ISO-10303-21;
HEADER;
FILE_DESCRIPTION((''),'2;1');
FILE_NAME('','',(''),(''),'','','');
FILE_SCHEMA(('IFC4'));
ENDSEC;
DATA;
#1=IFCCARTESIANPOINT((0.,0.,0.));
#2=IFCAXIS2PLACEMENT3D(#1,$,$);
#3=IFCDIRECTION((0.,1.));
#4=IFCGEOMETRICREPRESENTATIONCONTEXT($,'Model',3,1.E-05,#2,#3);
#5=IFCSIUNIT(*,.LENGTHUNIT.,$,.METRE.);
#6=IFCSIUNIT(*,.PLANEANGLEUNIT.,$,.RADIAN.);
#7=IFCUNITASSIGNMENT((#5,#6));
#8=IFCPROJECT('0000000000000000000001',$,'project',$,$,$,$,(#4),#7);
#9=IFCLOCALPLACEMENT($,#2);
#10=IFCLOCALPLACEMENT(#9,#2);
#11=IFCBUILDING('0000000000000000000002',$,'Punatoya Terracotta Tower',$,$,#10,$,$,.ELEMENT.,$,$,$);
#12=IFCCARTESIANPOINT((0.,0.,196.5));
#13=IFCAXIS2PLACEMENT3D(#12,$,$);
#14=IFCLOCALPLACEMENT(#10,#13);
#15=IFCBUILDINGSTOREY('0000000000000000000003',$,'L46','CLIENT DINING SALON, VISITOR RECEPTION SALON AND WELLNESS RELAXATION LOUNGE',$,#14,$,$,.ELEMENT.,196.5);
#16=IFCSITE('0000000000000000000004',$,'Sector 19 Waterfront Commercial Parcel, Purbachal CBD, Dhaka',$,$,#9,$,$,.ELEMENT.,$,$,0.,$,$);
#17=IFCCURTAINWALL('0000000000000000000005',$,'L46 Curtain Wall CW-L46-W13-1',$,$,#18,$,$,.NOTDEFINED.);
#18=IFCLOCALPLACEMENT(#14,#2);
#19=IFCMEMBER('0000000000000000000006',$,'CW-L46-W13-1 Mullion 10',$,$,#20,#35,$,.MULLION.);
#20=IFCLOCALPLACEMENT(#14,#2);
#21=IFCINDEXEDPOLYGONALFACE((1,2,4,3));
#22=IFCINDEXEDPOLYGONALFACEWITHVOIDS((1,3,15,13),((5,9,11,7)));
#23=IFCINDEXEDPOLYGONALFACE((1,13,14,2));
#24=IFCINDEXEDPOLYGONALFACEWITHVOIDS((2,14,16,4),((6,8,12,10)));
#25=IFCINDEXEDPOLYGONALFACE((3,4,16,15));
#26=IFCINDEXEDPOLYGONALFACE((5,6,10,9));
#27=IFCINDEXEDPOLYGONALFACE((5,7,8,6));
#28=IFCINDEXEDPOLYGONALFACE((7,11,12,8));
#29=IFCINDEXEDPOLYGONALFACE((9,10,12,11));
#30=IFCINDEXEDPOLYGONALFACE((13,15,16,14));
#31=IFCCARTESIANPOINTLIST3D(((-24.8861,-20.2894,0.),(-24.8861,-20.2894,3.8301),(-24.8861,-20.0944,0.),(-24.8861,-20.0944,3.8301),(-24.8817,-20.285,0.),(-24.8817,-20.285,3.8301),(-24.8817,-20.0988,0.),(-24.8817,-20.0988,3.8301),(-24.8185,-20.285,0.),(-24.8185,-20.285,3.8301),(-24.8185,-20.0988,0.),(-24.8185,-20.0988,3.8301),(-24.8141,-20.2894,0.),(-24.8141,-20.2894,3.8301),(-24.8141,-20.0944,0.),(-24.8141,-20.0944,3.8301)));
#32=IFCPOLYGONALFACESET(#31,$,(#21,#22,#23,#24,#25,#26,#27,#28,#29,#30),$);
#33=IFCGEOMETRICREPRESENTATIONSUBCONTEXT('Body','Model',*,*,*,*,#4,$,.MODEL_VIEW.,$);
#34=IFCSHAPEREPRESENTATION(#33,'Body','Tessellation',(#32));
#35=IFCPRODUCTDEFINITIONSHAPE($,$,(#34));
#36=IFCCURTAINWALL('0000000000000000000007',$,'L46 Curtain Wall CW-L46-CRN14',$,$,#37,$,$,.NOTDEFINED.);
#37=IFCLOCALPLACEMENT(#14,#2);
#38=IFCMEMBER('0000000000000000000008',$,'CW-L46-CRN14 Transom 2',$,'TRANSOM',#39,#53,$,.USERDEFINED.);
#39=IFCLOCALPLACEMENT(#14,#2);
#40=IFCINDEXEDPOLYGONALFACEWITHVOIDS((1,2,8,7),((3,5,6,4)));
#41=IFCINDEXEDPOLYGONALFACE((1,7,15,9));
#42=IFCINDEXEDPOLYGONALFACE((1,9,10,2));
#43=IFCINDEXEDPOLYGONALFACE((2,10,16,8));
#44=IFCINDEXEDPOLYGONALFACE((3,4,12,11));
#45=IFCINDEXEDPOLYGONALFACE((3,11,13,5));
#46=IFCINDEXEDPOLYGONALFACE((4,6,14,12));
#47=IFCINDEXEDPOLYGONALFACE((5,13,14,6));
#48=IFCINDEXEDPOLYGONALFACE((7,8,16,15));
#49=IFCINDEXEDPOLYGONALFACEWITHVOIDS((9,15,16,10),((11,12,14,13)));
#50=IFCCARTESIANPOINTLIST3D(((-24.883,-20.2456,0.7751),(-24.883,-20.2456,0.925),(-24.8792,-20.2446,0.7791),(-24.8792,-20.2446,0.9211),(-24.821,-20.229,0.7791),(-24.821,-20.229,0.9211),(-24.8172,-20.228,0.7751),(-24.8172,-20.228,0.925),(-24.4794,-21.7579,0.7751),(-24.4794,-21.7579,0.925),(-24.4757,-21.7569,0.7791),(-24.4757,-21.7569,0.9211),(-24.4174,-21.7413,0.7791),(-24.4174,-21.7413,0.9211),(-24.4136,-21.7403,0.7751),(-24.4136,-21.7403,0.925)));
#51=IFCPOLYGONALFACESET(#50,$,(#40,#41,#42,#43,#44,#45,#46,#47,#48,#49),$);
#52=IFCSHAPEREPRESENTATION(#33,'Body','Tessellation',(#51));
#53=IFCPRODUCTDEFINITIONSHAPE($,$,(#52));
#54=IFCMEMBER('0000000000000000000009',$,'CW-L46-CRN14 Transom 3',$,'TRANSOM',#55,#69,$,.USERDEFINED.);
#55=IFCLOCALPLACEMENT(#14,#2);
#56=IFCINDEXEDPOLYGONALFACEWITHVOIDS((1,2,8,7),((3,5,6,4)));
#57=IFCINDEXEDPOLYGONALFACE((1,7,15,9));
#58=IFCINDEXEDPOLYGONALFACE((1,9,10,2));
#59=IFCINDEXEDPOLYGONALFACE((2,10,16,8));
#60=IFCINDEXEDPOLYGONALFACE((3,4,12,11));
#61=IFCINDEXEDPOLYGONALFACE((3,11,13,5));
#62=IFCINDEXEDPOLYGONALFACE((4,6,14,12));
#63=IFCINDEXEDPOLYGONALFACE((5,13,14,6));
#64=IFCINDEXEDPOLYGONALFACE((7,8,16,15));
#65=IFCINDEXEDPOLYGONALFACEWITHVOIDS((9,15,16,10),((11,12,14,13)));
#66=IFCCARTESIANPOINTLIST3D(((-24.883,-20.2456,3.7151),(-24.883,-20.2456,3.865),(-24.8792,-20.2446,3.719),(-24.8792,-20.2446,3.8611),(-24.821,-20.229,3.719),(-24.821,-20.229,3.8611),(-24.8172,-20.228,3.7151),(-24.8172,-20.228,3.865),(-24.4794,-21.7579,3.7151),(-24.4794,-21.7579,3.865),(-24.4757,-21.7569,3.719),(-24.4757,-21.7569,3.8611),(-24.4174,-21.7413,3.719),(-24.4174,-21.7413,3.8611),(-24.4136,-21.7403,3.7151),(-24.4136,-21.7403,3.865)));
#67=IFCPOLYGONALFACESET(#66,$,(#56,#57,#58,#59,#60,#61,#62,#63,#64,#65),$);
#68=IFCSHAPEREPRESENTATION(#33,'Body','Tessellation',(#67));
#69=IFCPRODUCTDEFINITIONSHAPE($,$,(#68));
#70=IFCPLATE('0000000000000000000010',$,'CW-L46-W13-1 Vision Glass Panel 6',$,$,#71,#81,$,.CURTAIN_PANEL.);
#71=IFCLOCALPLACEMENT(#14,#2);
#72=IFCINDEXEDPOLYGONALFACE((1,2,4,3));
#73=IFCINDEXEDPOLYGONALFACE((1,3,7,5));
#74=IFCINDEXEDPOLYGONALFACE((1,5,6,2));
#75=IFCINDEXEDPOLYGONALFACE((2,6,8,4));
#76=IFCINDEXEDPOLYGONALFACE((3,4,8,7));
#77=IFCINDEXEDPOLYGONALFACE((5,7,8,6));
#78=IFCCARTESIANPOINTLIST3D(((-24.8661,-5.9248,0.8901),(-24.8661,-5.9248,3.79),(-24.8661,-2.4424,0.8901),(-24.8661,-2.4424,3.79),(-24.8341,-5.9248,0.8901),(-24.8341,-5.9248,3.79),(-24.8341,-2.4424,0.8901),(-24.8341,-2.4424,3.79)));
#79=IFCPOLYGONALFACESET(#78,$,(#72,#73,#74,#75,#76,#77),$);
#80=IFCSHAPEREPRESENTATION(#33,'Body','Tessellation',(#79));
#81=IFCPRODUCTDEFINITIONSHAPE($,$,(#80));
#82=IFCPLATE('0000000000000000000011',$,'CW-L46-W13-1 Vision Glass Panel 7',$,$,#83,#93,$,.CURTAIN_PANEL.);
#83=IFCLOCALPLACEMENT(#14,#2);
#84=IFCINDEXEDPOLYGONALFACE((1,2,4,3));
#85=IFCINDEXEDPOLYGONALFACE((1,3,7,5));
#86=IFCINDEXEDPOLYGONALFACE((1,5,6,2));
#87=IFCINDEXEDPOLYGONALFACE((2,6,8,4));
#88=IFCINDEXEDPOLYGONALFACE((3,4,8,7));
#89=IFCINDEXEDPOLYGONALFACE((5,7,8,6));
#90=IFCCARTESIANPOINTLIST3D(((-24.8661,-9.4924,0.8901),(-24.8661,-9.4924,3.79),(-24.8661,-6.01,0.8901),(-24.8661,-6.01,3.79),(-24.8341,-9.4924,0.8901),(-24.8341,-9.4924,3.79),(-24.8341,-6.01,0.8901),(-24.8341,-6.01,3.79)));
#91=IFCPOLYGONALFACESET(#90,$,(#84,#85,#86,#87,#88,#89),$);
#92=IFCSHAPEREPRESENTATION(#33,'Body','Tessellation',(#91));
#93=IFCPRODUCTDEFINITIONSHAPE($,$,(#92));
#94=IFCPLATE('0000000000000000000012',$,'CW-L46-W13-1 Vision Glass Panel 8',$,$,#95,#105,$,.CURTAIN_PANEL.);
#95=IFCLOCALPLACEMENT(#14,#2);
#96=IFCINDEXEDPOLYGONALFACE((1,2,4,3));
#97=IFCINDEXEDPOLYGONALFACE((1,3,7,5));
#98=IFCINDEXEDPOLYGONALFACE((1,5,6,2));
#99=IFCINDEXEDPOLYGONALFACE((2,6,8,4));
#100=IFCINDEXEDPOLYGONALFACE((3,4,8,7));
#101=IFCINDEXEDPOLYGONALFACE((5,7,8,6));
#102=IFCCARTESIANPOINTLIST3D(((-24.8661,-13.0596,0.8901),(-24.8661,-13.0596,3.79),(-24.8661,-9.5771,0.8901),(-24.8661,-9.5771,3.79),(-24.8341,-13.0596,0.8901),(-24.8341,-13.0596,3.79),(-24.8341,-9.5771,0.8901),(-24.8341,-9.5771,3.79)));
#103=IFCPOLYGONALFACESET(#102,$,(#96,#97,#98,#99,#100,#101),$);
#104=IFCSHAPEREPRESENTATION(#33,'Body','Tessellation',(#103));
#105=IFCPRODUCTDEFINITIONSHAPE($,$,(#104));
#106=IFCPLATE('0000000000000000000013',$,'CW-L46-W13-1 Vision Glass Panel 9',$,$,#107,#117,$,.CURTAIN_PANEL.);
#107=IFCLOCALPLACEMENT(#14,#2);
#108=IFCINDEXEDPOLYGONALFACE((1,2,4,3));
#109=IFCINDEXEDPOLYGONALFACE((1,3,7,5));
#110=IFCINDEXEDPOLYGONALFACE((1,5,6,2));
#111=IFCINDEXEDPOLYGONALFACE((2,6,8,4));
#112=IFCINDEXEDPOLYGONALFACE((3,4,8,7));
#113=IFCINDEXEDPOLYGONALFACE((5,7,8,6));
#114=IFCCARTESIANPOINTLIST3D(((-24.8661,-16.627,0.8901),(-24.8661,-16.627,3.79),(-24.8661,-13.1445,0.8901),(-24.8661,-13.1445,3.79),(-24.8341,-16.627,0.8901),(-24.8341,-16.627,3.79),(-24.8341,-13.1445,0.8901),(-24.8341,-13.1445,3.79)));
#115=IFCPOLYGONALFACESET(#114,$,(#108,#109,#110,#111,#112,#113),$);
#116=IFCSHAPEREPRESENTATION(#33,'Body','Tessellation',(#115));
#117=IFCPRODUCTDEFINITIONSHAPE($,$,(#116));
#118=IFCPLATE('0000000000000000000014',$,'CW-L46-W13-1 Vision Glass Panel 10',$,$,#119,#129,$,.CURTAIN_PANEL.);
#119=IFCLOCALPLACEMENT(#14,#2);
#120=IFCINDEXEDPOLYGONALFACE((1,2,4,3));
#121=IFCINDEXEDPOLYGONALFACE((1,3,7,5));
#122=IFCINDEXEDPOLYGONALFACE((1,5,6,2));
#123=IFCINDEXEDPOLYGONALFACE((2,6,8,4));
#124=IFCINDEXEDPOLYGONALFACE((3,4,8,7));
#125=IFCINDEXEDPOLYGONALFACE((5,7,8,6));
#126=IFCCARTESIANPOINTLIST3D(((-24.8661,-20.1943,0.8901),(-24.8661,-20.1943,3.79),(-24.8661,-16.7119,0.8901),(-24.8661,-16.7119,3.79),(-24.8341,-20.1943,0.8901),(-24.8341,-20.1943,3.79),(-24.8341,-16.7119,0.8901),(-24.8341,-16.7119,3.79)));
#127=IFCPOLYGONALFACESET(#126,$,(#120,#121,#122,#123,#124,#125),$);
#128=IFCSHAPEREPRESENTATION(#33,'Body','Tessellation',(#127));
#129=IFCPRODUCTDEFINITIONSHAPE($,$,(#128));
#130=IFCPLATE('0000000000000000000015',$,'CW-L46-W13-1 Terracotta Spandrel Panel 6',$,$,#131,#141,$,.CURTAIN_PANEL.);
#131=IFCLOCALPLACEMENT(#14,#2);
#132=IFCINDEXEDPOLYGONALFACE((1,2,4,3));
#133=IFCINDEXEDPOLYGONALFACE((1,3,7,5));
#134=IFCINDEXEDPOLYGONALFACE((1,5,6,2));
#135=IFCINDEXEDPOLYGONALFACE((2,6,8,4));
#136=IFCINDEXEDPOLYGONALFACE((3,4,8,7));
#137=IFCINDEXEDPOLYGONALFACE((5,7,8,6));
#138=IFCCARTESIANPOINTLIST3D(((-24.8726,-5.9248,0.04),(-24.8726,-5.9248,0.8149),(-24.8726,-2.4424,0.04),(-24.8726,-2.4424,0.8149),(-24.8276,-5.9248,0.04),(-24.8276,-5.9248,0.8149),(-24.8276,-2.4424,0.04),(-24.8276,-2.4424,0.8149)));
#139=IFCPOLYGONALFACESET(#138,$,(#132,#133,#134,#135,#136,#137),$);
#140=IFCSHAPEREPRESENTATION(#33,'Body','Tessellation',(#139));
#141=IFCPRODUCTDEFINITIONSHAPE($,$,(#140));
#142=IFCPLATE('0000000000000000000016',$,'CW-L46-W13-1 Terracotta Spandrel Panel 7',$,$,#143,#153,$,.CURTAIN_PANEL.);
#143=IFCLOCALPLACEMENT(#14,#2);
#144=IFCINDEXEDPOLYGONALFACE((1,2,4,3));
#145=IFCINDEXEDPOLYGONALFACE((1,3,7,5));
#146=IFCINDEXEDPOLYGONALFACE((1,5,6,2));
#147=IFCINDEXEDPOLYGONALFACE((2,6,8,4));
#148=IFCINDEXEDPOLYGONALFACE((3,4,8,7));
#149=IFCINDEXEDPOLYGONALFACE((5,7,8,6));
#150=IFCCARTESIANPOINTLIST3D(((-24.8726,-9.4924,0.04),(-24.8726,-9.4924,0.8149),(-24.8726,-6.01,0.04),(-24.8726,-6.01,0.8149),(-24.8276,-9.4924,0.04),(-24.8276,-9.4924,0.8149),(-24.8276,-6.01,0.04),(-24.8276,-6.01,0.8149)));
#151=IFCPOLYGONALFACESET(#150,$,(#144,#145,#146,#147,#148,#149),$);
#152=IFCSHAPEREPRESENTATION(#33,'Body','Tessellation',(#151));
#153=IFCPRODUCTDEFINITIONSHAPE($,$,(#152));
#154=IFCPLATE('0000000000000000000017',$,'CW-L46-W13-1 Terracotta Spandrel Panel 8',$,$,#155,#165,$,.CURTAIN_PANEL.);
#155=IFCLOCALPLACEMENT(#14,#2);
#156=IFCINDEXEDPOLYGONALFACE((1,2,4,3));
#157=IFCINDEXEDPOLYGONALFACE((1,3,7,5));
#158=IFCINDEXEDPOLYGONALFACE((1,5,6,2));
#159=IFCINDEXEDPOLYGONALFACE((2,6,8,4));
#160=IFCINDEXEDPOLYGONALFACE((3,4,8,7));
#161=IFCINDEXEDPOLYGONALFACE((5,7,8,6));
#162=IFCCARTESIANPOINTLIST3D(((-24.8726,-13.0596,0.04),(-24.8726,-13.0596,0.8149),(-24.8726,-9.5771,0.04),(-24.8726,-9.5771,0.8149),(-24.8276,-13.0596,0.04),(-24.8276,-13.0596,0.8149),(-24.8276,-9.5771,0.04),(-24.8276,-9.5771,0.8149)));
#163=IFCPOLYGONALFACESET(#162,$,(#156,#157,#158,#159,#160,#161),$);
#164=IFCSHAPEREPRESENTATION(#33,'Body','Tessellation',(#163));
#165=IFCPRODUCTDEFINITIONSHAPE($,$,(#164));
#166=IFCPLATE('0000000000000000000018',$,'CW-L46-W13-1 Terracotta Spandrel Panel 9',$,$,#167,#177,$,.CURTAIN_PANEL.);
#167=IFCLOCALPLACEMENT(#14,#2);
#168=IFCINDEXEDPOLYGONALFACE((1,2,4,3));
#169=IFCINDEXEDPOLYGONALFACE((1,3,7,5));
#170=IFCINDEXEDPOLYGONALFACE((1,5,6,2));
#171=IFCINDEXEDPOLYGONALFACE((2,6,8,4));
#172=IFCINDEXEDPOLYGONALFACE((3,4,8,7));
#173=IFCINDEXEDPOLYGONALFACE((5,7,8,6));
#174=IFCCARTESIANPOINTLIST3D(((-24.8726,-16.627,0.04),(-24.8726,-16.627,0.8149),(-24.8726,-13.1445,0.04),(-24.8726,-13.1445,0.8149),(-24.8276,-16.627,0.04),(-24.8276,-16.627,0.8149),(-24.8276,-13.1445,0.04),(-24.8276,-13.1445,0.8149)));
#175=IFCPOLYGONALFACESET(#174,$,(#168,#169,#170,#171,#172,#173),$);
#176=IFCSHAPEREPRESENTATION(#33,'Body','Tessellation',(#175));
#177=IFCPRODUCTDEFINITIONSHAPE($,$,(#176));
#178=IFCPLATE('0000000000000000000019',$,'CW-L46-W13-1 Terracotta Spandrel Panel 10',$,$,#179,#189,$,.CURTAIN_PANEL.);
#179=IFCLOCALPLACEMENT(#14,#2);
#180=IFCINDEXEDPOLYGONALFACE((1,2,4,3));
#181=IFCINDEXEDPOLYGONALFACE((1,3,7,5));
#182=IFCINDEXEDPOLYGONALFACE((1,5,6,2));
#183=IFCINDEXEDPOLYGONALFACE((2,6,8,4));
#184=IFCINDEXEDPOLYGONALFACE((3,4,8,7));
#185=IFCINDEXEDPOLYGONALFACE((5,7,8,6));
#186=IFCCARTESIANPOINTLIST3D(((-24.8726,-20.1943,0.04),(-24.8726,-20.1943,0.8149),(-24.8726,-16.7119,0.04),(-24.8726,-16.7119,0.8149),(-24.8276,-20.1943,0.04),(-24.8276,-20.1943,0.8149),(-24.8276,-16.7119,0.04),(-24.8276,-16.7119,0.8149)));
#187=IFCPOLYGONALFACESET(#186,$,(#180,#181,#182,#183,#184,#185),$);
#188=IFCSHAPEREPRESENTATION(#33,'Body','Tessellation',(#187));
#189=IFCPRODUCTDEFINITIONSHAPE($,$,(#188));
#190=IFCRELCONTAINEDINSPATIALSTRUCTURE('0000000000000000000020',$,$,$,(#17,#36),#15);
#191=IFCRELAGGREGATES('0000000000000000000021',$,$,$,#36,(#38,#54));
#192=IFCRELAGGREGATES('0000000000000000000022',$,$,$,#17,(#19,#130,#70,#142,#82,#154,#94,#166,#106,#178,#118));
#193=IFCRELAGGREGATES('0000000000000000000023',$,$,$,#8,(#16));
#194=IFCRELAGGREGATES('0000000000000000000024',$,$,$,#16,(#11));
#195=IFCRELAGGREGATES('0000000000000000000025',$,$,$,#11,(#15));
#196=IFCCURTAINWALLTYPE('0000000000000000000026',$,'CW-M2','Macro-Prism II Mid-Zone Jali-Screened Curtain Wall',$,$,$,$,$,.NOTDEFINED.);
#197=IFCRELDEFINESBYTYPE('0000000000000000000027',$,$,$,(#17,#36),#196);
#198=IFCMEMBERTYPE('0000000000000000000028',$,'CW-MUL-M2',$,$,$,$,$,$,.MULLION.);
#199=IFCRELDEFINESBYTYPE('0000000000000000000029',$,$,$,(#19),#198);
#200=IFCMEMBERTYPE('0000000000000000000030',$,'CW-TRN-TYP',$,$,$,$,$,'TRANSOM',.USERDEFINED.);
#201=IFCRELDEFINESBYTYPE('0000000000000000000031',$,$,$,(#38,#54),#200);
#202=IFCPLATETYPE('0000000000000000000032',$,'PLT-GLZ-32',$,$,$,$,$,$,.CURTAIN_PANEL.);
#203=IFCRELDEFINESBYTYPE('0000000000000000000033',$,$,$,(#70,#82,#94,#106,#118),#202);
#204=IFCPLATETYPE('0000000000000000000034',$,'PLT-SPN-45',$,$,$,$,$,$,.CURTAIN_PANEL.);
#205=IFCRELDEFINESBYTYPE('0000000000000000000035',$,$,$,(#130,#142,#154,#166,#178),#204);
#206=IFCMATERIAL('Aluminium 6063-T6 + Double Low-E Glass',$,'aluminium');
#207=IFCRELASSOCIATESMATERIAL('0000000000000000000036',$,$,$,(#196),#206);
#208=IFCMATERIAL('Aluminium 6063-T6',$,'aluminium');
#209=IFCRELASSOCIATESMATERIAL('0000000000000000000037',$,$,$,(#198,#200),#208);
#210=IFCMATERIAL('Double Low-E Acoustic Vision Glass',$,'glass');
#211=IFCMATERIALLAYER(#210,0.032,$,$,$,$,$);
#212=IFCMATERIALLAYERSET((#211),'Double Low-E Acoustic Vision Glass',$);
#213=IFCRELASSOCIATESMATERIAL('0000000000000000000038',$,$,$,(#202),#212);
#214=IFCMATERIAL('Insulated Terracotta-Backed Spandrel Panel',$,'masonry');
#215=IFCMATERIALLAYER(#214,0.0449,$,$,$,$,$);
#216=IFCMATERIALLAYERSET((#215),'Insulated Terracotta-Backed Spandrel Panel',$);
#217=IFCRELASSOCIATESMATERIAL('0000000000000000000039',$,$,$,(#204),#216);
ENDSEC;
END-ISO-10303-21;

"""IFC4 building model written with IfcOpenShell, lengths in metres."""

from ifc_helpers import new_model, si_unit, direction, frame, origin, origin_2d, place, context, subcontext, project, spatial, rectangle, hollow_rectangle, extrude, material, layer, layer_set, material_profile, profile_set, type_object, element, aggregate, save


model = new_model("IFC4")

# Units and contexts
model_context = context("Model", 3, precision=1e-05, world=origin(), true_north=direction((0.0, 1.0)))
body_context = subcontext(model_context, "Body", "Model", "MODEL_VIEW")
ifc_project = project(units=[si_unit("LENGTHUNIT", "METRE"), si_unit("PLANEANGLEUNIT", "RADIAN")], contexts=[model_context])

# Site, building, storey
site_placement = place(None, origin())
site = spatial("IfcSite", under=ifc_project, at=site_placement, Name="Sector 19 Waterfront Commercial Parcel, Purbachal CBD, Dhaka", CompositionType="ELEMENT", RefElevation=0.0)
building_placement = place(site_placement, origin())
building = spatial("IfcBuilding", under=site, at=building_placement, Name="Punatoya Terracotta Tower", CompositionType="ELEMENT")
storey_placement = place(building_placement, frame((0.0, 0.0, 196.5)))
storey = spatial("IfcBuildingStorey", under=building, at=storey_placement, Name="L46", Description="CLIENT DINING SALON, VISITOR RECEPTION SALON AND WELLNESS RELAXATION LOUNGE", CompositionType="ELEMENT", Elevation=196.5)

# Curtain walls, members
ifc_material_1 = material(Name="Aluminium 6063-T6 + Double Low-E Glass", Category="aluminium")
curtain_wall_type = type_object("IfcCurtainWallType", Name="CW-M2", Description="Macro-Prism II Mid-Zone Jali-Screened Curtain Wall", PredefinedType="NOTDEFINED", material=ifc_material_1)
curtain_wall_1_placement = place(storey_placement, origin())
curtain_wall_1 = element("IfcCurtainWall", 1, at=curtain_wall_1_placement, inside=storey, type_object=curtain_wall_type, Name="L46 Curtain Wall CW-L46-W13-1", PredefinedType="NOTDEFINED")
ifc_material_2 = material(Name="Aluminium 6063-T6", Category="aluminium")
ifc_material_profile_1 = material_profile(ifc_material_2, hollow_rectangle(XDim=0.072, YDim=0.1951, WallThickness=0.0044, at=origin_2d()))
ifc_profile_set_1 = profile_set([ifc_material_profile_1], Name="Aluminium 6063-T6")
member_type_1 = type_object("IfcMemberType", Name="CW-MUL-M2", PredefinedType="MULLION", material=ifc_profile_set_1)
member_1_placement = place(storey_placement, frame((-24.8501, -20.1919, 0.0), z_axis=(0.0, 0.0, 1.0), x_axis=(1.0, 0.0, 0.0)))
member_1 = element("IfcMember", 2, at=member_1_placement, type_object=member_type_1, Name="CW-L46-W13-1 Mullion 10", PredefinedType="MULLION", context=body_context, shape_type="SweptSolid", body=[
    extrude(hollow_rectangle(XDim=0.072, YDim=0.1951, WallThickness=0.0044, at=origin_2d()), origin(), (0.0, 0.0, 1.0), 3.8301),
])
curtain_wall_2_placement = place(storey_placement, origin())
curtain_wall_2 = element("IfcCurtainWall", 3, at=curtain_wall_2_placement, inside=storey, type_object=curtain_wall_type, Name="L46 Curtain Wall CW-L46-CRN14", PredefinedType="NOTDEFINED")
ifc_material_profile_2 = material_profile(ifc_material_2, hollow_rectangle(XDim=0.0681, YDim=0.1499, WallThickness=0.0039, at=origin_2d()))
ifc_profile_set_2 = profile_set([ifc_material_profile_2], Name="Aluminium 6063-T6")
member_type_2 = type_object("IfcMemberType", Name="CW-TRN-TYP", ElementType="TRANSOM", PredefinedType="USERDEFINED", material=ifc_profile_set_2)
member_2_placement = place(storey_placement, frame((-24.8501, -20.2368, 0.8501), z_axis=(0.257847, -0.966186, 0.0), x_axis=(0.966186, 0.257847, 0.0)))
member_2 = element("IfcMember", 4, at=member_2_placement, type_object=member_type_2, Name="CW-L46-CRN14 Transom 2", ObjectType="TRANSOM", PredefinedType="USERDEFINED", context=body_context, shape_type="SweptSolid", body=[
    extrude(hollow_rectangle(XDim=0.0681, YDim=0.1499, WallThickness=0.0039, at=origin_2d()), origin(), (0.0, 0.0, 1.0), 1.5652),
])
member_3_placement = place(storey_placement, frame((-24.8501, -20.2368, 3.79), z_axis=(0.257847, -0.966186, 0.0), x_axis=(0.966186, 0.257847, 0.0)))
member_3 = element("IfcMember", 5, at=member_3_placement, type_object=member_type_2, Name="CW-L46-CRN14 Transom 3", ObjectType="TRANSOM", PredefinedType="USERDEFINED", context=body_context, shape_type="SweptSolid", body=[
    extrude(hollow_rectangle(XDim=0.0681, YDim=0.1499, WallThickness=0.0039, at=origin_2d()), origin(), (0.0, 0.0, 1.0), 1.5652),
])
aggregate(curtain_wall_2, [member_2, member_3])

# Plates
ifc_material_3 = material(Name="Double Low-E Acoustic Vision Glass", Category="glass")
ifc_layer_1 = layer(ifc_material_3, 0.032)
ifc_layer_set_1 = layer_set([ifc_layer_1], Name="Double Low-E Acoustic Vision Glass")
plate_type_1 = type_object("IfcPlateType", Name="PLT-GLZ-32", PredefinedType="CURTAIN_PANEL", material=ifc_layer_set_1)
plate_1_placement = place(storey_placement, frame((-24.8501, -4.1836, 0.8901), z_axis=(0.0, 0.0, 1.0), x_axis=(0.0, -1.0, 0.0)))
plate_1 = element("IfcPlate", 6, at=plate_1_placement, type_object=plate_type_1, Name="CW-L46-W13-1 Vision Glass Panel 6", PredefinedType="CURTAIN_PANEL", context=body_context, shape_type="SweptSolid", body=[
    extrude(rectangle(XDim=3.4824, YDim=0.032, at=origin_2d()), origin(), (0.0, 0.0, 1.0), 2.8999),
])
plate_2_placement = place(storey_placement, frame((-24.8501, -7.7512, 0.8901), z_axis=(0.0, 0.0, 1.0), x_axis=(0.0, -1.0, 0.0)))
plate_2 = element("IfcPlate", 7, at=plate_2_placement, type_object=plate_type_1, Name="CW-L46-W13-1 Vision Glass Panel 7", PredefinedType="CURTAIN_PANEL", context=body_context, shape_type="SweptSolid", body=[
    extrude(rectangle(XDim=3.4824, YDim=0.032, at=origin_2d()), origin(), (0.0, 0.0, 1.0), 2.8999),
])
plate_3_placement = place(storey_placement, frame((-24.8501, -11.3184, 0.8901), z_axis=(0.0, 0.0, 1.0), x_axis=(0.0, -1.0, 0.0)))
plate_3 = element("IfcPlate", 8, at=plate_3_placement, type_object=plate_type_1, Name="CW-L46-W13-1 Vision Glass Panel 8", PredefinedType="CURTAIN_PANEL", context=body_context, shape_type="SweptSolid", body=[
    extrude(rectangle(XDim=3.4824, YDim=0.032, at=origin_2d()), origin(), (0.0, 0.0, 1.0), 2.8999),
])
plate_4_placement = place(storey_placement, frame((-24.8501, -14.8857, 0.8901), z_axis=(0.0, 0.0, 1.0), x_axis=(0.0, -1.0, 0.0)))
plate_4 = element("IfcPlate", 9, at=plate_4_placement, type_object=plate_type_1, Name="CW-L46-W13-1 Vision Glass Panel 9", PredefinedType="CURTAIN_PANEL", context=body_context, shape_type="SweptSolid", body=[
    extrude(rectangle(XDim=3.4824, YDim=0.032, at=origin_2d()), origin(), (0.0, 0.0, 1.0), 2.8999),
])
plate_5_placement = place(storey_placement, frame((-24.8501, -18.4531, 0.8901), z_axis=(0.0, 0.0, 1.0), x_axis=(0.0, -1.0, 0.0)))
plate_5 = element("IfcPlate", 10, at=plate_5_placement, type_object=plate_type_1, Name="CW-L46-W13-1 Vision Glass Panel 10", PredefinedType="CURTAIN_PANEL", context=body_context, shape_type="SweptSolid", body=[
    extrude(rectangle(XDim=3.4824, YDim=0.032, at=origin_2d()), origin(), (0.0, 0.0, 1.0), 2.8999),
])
ifc_material_4 = material(Name="Insulated Terracotta-Backed Spandrel Panel", Category="masonry")
ifc_layer_2 = layer(ifc_material_4, 0.0449)
ifc_layer_set_2 = layer_set([ifc_layer_2], Name="Insulated Terracotta-Backed Spandrel Panel")
plate_type_2 = type_object("IfcPlateType", Name="PLT-SPN-45", PredefinedType="CURTAIN_PANEL", material=ifc_layer_set_2)
plate_6_placement = place(storey_placement, frame((-24.8501, -4.1836, 0.04), z_axis=(0.0, 0.0, 1.0), x_axis=(0.0, -1.0, 0.0)))
plate_6 = element("IfcPlate", 11, at=plate_6_placement, type_object=plate_type_2, Name="CW-L46-W13-1 Terracotta Spandrel Panel 6", PredefinedType="CURTAIN_PANEL", context=body_context, shape_type="SweptSolid", body=[
    extrude(rectangle(XDim=3.4824, YDim=0.0449, at=origin_2d()), origin(), (0.0, 0.0, 1.0), 0.7749),
])
plate_7_placement = place(storey_placement, frame((-24.8501, -7.7512, 0.04), z_axis=(0.0, 0.0, 1.0), x_axis=(0.0, -1.0, 0.0)))
plate_7 = element("IfcPlate", 12, at=plate_7_placement, type_object=plate_type_2, Name="CW-L46-W13-1 Terracotta Spandrel Panel 7", PredefinedType="CURTAIN_PANEL", context=body_context, shape_type="SweptSolid", body=[
    extrude(rectangle(XDim=3.4824, YDim=0.0449, at=origin_2d()), origin(), (0.0, 0.0, 1.0), 0.7749),
])
plate_8_placement = place(storey_placement, frame((-24.8501, -11.3184, 0.04), z_axis=(0.0, 0.0, 1.0), x_axis=(0.0, -1.0, 0.0)))
plate_8 = element("IfcPlate", 13, at=plate_8_placement, type_object=plate_type_2, Name="CW-L46-W13-1 Terracotta Spandrel Panel 8", PredefinedType="CURTAIN_PANEL", context=body_context, shape_type="SweptSolid", body=[
    extrude(rectangle(XDim=3.4824, YDim=0.0449, at=origin_2d()), origin(), (0.0, 0.0, 1.0), 0.7749),
])
plate_9_placement = place(storey_placement, frame((-24.8501, -14.8857, 0.04), z_axis=(0.0, 0.0, 1.0), x_axis=(0.0, -1.0, 0.0)))
plate_9 = element("IfcPlate", 14, at=plate_9_placement, type_object=plate_type_2, Name="CW-L46-W13-1 Terracotta Spandrel Panel 9", PredefinedType="CURTAIN_PANEL", context=body_context, shape_type="SweptSolid", body=[
    extrude(rectangle(XDim=3.4824, YDim=0.0449, at=origin_2d()), origin(), (0.0, 0.0, 1.0), 0.7749),
])
plate_10_placement = place(storey_placement, frame((-24.8501, -18.4531, 0.04), z_axis=(0.0, 0.0, 1.0), x_axis=(0.0, -1.0, 0.0)))
plate_10 = element("IfcPlate", 15, at=plate_10_placement, type_object=plate_type_2, Name="CW-L46-W13-1 Terracotta Spandrel Panel 10", PredefinedType="CURTAIN_PANEL", context=body_context, shape_type="SweptSolid", body=[
    extrude(rectangle(XDim=3.4824, YDim=0.0449, at=origin_2d()), origin(), (0.0, 0.0, 1.0), 0.7749),
])
aggregate(curtain_wall_1, [member_1, plate_6, plate_1, plate_7, plate_2, plate_8, plate_3, plate_9, plate_4, plate_10, plate_5])

save(model, "model.ifc")
